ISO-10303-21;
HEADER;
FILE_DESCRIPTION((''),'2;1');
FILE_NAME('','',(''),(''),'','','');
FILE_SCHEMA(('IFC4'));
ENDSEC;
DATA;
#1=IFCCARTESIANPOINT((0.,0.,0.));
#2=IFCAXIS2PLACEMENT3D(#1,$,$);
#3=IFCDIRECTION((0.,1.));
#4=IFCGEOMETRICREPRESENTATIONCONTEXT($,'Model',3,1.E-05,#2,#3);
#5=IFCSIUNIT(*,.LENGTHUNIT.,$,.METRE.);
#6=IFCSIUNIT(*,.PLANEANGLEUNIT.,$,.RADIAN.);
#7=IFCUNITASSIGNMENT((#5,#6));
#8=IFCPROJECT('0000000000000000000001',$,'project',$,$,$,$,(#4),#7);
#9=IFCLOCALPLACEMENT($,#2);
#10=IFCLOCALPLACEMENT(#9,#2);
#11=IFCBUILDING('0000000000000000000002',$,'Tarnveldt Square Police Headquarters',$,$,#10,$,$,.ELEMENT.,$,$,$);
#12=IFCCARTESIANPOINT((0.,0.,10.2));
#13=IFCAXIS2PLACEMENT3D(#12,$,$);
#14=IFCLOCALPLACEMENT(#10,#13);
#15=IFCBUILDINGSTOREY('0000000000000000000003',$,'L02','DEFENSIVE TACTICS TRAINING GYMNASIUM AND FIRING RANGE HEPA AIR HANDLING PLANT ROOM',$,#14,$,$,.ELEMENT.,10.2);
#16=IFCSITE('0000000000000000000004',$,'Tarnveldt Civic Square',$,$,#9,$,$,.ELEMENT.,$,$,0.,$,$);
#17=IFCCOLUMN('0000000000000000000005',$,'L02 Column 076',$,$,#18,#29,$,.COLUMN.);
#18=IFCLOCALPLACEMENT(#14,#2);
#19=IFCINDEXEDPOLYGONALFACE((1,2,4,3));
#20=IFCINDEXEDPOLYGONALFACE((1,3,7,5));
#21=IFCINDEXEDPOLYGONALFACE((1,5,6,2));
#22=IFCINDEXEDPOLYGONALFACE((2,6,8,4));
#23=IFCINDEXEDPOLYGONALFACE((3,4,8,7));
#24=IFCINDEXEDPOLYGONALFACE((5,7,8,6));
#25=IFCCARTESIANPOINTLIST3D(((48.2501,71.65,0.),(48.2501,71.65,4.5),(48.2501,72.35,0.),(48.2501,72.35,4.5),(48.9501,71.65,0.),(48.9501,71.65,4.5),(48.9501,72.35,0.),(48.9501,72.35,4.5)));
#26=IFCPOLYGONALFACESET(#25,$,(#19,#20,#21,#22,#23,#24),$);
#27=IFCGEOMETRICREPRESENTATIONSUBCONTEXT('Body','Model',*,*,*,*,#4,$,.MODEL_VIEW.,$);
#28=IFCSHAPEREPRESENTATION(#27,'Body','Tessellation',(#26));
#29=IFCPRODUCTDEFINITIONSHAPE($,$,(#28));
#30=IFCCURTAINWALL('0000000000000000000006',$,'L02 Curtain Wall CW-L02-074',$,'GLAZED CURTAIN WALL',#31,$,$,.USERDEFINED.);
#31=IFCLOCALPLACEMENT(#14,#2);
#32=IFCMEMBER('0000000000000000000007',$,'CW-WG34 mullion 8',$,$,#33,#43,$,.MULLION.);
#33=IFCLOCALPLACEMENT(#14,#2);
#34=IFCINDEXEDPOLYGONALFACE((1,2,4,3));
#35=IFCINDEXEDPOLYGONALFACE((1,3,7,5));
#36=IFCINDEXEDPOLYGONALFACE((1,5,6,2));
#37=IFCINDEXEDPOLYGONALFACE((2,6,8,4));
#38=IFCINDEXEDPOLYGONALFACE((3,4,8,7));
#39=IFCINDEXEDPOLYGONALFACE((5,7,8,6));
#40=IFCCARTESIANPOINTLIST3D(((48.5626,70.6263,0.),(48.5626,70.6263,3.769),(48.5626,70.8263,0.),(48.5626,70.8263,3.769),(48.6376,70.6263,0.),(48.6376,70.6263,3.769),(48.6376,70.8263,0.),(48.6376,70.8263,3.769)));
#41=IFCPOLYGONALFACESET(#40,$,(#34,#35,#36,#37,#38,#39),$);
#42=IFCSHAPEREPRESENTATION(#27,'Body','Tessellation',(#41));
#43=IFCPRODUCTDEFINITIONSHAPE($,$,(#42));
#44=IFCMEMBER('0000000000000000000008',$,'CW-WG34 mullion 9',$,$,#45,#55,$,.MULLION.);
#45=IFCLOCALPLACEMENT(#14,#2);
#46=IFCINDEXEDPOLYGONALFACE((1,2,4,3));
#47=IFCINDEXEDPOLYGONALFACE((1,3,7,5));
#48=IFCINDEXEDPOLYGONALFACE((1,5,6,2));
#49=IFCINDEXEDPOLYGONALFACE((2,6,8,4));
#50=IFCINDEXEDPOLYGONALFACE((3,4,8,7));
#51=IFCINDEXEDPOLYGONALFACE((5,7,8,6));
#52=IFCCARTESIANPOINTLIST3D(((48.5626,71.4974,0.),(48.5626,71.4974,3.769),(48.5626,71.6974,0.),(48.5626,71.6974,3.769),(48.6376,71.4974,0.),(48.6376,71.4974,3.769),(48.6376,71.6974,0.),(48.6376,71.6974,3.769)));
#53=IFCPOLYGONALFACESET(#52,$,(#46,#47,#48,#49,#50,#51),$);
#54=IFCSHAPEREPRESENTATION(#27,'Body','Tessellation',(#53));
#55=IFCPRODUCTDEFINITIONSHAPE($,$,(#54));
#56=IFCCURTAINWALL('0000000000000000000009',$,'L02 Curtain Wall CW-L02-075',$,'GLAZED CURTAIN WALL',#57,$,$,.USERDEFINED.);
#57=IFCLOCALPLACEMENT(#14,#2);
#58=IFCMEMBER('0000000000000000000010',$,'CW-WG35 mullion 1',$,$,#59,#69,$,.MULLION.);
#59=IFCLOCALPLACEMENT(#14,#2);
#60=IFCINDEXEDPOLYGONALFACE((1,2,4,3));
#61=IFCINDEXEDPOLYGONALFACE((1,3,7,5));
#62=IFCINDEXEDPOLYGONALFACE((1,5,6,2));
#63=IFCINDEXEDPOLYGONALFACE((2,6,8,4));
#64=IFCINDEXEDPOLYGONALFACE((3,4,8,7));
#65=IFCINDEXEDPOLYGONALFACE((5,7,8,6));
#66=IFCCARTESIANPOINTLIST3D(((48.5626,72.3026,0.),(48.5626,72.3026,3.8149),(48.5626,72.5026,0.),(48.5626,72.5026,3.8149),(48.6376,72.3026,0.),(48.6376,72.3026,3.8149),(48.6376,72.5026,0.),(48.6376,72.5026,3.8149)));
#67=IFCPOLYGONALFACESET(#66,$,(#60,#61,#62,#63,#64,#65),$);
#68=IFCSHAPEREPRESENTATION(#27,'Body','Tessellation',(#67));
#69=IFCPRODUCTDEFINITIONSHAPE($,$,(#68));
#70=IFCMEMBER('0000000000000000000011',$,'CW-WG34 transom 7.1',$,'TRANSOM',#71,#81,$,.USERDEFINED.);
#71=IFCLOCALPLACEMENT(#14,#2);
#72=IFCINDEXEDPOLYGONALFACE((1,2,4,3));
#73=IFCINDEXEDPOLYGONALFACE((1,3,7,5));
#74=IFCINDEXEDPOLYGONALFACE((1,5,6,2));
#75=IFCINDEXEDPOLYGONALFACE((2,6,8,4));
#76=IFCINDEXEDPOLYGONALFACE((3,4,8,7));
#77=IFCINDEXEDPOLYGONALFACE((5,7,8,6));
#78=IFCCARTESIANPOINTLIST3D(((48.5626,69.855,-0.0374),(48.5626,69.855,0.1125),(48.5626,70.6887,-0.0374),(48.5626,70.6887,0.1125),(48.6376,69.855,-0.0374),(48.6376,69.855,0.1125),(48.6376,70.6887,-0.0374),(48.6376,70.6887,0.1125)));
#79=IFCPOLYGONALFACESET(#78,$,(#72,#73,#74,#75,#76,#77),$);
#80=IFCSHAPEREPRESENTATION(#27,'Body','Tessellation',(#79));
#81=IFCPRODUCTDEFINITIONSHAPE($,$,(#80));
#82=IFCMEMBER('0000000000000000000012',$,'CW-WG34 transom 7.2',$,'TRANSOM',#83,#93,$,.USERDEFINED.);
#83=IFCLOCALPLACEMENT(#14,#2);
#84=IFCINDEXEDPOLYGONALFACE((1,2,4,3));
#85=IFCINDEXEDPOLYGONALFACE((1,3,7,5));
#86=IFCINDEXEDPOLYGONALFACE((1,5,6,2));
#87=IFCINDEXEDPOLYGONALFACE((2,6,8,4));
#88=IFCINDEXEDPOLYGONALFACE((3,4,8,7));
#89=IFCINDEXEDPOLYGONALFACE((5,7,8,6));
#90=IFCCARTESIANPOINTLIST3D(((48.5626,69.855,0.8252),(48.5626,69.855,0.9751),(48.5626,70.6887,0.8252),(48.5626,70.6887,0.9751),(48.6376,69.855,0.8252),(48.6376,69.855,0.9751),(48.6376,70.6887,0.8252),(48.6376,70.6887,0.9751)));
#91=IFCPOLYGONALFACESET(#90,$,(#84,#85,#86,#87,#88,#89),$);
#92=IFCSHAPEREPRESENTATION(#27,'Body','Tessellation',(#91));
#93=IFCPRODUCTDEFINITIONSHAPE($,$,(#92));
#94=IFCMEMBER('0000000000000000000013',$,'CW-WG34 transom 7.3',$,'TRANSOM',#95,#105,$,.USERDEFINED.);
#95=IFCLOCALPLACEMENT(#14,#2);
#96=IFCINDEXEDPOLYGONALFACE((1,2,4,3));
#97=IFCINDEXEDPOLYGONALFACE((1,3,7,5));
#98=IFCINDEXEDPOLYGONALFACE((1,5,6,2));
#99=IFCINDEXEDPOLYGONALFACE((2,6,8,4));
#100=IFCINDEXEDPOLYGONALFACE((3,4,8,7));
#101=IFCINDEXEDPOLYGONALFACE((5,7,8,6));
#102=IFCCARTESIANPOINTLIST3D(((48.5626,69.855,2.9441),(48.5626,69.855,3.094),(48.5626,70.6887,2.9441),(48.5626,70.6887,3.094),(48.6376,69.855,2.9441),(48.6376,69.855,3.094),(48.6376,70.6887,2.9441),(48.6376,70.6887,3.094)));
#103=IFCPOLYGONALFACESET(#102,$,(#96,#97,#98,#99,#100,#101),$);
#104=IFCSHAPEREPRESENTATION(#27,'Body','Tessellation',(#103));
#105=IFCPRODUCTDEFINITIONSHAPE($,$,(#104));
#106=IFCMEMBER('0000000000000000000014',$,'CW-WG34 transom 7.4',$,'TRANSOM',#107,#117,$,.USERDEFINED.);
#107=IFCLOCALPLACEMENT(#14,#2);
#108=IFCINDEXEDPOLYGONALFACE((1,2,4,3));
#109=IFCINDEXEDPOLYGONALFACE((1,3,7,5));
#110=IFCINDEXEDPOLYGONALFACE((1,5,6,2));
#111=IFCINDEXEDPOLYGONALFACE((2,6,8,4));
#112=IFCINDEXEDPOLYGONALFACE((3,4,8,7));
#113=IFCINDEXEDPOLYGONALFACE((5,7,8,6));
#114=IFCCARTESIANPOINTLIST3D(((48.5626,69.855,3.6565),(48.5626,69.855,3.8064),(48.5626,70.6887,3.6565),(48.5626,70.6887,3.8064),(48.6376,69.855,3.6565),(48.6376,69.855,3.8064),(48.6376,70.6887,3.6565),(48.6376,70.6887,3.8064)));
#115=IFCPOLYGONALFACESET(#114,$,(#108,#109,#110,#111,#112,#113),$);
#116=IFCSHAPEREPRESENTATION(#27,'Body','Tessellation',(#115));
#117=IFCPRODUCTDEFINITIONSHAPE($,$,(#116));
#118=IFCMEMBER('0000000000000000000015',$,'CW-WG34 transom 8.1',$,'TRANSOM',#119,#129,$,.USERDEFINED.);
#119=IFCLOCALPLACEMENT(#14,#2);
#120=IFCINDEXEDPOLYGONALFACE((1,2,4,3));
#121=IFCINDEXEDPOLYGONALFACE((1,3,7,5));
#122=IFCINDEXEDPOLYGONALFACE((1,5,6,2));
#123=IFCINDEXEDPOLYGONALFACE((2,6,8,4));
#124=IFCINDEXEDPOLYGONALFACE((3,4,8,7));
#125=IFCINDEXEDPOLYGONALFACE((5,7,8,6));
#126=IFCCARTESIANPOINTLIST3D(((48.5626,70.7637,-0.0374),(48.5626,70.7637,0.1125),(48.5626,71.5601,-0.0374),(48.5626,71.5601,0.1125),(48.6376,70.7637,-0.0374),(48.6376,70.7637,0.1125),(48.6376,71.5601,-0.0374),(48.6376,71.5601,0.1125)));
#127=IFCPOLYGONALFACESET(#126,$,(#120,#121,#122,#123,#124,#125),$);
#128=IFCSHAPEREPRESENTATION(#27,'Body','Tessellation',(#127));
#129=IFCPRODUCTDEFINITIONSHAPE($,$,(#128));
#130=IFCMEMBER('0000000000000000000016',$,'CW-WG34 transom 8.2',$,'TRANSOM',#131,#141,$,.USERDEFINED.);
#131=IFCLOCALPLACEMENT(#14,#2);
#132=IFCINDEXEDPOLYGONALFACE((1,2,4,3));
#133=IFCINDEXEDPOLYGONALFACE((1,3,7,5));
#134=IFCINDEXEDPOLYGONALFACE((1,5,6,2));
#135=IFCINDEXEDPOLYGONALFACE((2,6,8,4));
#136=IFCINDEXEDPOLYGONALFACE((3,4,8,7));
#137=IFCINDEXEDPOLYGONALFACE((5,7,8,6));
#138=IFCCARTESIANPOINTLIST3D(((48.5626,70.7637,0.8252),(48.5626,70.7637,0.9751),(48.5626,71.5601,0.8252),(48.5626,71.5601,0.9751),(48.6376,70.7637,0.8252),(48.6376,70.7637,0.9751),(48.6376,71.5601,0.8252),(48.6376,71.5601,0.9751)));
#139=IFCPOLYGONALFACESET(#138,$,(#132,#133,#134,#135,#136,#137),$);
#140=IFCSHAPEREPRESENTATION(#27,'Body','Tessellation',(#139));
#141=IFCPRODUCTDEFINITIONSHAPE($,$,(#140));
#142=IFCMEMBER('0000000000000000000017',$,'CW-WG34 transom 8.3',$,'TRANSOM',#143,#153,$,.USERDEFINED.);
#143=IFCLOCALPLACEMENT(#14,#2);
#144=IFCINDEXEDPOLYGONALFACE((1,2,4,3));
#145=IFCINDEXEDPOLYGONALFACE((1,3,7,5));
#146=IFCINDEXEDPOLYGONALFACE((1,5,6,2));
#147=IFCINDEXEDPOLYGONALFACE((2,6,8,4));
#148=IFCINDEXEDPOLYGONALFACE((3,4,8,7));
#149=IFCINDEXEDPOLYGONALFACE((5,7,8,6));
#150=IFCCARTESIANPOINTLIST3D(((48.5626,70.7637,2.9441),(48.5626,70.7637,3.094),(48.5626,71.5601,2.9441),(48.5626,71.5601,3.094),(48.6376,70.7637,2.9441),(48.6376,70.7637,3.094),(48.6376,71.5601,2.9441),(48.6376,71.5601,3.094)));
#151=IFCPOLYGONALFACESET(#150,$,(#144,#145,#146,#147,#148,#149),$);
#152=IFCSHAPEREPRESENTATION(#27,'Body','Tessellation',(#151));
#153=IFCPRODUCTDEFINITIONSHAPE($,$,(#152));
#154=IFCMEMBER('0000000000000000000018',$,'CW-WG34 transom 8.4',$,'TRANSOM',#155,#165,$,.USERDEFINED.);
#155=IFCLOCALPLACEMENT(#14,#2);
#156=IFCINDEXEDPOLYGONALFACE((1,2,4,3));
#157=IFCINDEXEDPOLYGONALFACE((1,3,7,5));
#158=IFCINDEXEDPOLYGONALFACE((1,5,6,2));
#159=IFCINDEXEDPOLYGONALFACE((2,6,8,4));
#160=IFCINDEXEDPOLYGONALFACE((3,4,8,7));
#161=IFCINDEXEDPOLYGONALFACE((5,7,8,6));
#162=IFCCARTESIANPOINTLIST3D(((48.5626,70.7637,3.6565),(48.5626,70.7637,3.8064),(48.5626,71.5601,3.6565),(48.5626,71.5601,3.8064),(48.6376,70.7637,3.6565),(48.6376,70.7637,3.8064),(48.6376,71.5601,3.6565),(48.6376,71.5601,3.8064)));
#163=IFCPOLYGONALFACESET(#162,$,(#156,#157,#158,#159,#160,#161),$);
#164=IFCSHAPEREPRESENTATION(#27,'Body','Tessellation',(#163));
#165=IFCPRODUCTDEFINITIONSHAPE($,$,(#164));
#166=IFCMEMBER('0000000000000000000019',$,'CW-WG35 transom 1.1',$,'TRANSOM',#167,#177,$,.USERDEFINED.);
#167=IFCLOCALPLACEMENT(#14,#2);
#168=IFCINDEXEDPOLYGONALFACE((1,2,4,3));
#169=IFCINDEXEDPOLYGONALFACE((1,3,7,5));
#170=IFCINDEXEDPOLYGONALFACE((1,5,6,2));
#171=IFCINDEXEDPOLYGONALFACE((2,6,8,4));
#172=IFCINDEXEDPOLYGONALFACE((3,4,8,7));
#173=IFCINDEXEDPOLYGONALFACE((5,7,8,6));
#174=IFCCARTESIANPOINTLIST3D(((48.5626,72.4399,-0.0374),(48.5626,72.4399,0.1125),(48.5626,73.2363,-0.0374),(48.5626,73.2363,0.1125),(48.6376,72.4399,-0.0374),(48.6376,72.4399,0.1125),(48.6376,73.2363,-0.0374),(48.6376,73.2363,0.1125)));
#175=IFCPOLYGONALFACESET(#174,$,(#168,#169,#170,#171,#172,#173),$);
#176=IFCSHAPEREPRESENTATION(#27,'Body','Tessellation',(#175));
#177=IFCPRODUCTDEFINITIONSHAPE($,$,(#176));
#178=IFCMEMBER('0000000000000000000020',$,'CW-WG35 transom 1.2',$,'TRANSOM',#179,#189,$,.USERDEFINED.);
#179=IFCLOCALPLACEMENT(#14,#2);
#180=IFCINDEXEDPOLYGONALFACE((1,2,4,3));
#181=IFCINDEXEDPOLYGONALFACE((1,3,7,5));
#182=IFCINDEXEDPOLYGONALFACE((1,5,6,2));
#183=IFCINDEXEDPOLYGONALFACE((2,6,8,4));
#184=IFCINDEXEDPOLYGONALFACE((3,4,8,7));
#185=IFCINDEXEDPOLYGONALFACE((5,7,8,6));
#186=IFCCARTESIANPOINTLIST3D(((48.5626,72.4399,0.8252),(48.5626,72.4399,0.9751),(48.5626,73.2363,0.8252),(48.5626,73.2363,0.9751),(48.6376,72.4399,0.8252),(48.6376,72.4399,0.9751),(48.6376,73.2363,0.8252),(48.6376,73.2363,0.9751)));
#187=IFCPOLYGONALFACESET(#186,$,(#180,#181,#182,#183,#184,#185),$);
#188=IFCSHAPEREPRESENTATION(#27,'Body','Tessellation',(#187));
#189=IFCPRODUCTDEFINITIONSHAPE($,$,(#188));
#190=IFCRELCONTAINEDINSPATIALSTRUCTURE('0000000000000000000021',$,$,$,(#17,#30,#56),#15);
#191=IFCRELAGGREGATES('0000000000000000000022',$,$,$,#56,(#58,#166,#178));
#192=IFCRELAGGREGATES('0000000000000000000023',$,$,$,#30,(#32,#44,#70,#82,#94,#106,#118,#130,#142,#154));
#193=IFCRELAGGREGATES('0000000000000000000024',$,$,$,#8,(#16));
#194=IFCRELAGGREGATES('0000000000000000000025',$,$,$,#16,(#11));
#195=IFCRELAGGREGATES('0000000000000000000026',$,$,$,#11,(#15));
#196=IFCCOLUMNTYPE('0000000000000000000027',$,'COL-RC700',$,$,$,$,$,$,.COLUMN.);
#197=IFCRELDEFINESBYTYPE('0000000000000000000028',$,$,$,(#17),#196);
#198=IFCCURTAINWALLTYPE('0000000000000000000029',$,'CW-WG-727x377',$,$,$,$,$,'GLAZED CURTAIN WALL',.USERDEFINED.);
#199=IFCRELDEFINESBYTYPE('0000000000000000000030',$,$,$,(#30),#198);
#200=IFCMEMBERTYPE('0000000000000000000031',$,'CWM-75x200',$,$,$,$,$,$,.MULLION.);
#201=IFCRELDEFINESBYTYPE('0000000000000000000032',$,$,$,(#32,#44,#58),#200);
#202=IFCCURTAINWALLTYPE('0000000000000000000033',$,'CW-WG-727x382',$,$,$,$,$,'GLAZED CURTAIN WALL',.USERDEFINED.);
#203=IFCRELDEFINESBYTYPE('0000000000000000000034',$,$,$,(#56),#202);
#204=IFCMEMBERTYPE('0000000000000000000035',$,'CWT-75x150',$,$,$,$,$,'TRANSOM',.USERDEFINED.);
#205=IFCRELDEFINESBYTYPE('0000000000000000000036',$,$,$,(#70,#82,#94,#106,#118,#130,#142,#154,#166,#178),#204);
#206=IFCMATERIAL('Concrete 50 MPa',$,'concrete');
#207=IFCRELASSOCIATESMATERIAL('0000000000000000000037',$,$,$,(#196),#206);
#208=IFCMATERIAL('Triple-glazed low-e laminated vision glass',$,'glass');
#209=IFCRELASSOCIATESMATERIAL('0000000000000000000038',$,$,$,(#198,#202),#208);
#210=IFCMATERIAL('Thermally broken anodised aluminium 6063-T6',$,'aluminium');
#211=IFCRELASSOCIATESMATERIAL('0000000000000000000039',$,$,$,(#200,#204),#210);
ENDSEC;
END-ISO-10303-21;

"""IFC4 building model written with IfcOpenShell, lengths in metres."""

from ifc_helpers import new_model, si_unit, direction, frame, origin, origin_2d, place, context, subcontext, project, spatial, rectangle, extrude, material, material_profile, profile_set, type_object, element, aggregate, save


model = new_model("IFC4")

# Units and contexts
model_context = context("Model", 3, precision=1e-05, world=origin(), true_north=direction((0.0, 1.0)))
body_context = subcontext(model_context, "Body", "Model", "MODEL_VIEW")
ifc_project = project(units=[si_unit("LENGTHUNIT", "METRE"), si_unit("PLANEANGLEUNIT", "RADIAN")], contexts=[model_context])

# Site, building, storey
site_placement = place(None, origin())
site = spatial("IfcSite", under=ifc_project, at=site_placement, Name="Tarnveldt Civic Square", CompositionType="ELEMENT", RefElevation=0.0)
building_placement = place(site_placement, origin())
building = spatial("IfcBuilding", under=site, at=building_placement, Name="Tarnveldt Square Police Headquarters", CompositionType="ELEMENT")
storey_placement = place(building_placement, frame((0.0, 0.0, 10.2)))
storey = spatial("IfcBuildingStorey", under=building, at=storey_placement, Name="L02", Description="DEFENSIVE TACTICS TRAINING GYMNASIUM AND FIRING RANGE HEPA AIR HANDLING PLANT ROOM", CompositionType="ELEMENT", Elevation=10.2)

# Column
ifc_material_1 = material(Name="Concrete 50 MPa", Category="concrete")
ifc_material_profile_1 = material_profile(ifc_material_1, rectangle(XDim=0.7, YDim=0.7, at=origin_2d()), Name="RC-C700x700")
ifc_profile_set_1 = profile_set([ifc_material_profile_1], Name="Concrete 50 MPa")
column_type = type_object("IfcColumnType", Name="COL-RC700", PredefinedType="COLUMN", material=ifc_profile_set_1)
column_placement = place(storey_placement, frame((48.6001, 72.0, 0.0), z_axis=(0.0, 0.0, 1.0), x_axis=(1.0, 0.0, 0.0)))
element("IfcColumn", 1, at=column_placement, inside=storey, type_object=column_type, Name="L02 Column 076", PredefinedType="COLUMN", context=body_context, shape_type="SweptSolid", body=[
    extrude(rectangle(XDim=0.7, YDim=0.7, at=origin_2d()), origin(), (0.0, 0.0, 1.0), 4.5),
])

# Curtain wall, members
ifc_material_2 = material(Name="Triple-glazed low-e laminated vision glass", Category="glass")
curtain_wall_type_1 = type_object("IfcCurtainWallType", Name="CW-WG-727x377", ElementType="GLAZED CURTAIN WALL", PredefinedType="USERDEFINED", material=ifc_material_2)
curtain_wall_1_placement = place(storey_placement, origin())
curtain_wall_1 = element("IfcCurtainWall", 2, at=curtain_wall_1_placement, inside=storey, type_object=curtain_wall_type_1, Name="L02 Curtain Wall CW-L02-074", ObjectType="GLAZED CURTAIN WALL", PredefinedType="USERDEFINED")
ifc_material_3 = material(Name="Thermally broken anodised aluminium 6063-T6", Category="aluminium")
ifc_material_profile_2 = material_profile(ifc_material_3, rectangle(XDim=0.075, YDim=0.2, at=origin_2d()), Name="CW-M75x200")
ifc_profile_set_2 = profile_set([ifc_material_profile_2], Name="Thermally broken anodised aluminium 6063-T6")
member_type_1 = type_object("IfcMemberType", Name="CWM-75x200", PredefinedType="MULLION", material=ifc_profile_set_2)
member_1_placement = place(storey_placement, frame((48.6001, 70.7263, 0.0), z_axis=(0.0, 0.0, 1.0), x_axis=(-1.0, 0.0, 0.0)))
member_1 = element("IfcMember", 3, at=member_1_placement, type_object=member_type_1, Name="CW-WG34 mullion 8", PredefinedType="MULLION", context=body_context, shape_type="SweptSolid", body=[
    extrude(rectangle(XDim=0.075, YDim=0.2, at=origin_2d()), origin(), (0.0, 0.0, 1.0), 3.769),
])
member_2_placement = place(storey_placement, frame((48.6001, 71.5974, 0.0), z_axis=(0.0, 0.0, 1.0), x_axis=(-1.0, 0.0, 0.0)))
member_2 = element("IfcMember", 4, at=member_2_placement, type_object=member_type_1, Name="CW-WG34 mullion 9", PredefinedType="MULLION", context=body_context, shape_type="SweptSolid", body=[
    extrude(rectangle(XDim=0.075, YDim=0.2, at=origin_2d()), origin(), (0.0, 0.0, 1.0), 3.769),
])

# Curtain wall, member
curtain_wall_type_2 = type_object("IfcCurtainWallType", Name="CW-WG-727x382", ElementType="GLAZED CURTAIN WALL", PredefinedType="USERDEFINED", material=ifc_material_2)
curtain_wall_2_placement = place(storey_placement, origin())
curtain_wall_2 = element("IfcCurtainWall", 5, at=curtain_wall_2_placement, inside=storey, type_object=curtain_wall_type_2, Name="L02 Curtain Wall CW-L02-075", ObjectType="GLAZED CURTAIN WALL", PredefinedType="USERDEFINED")
member_3_placement = place(storey_placement, frame((48.6001, 72.4026, 0.0), z_axis=(0.0, 0.0, 1.0), x_axis=(-1.0, 0.0, 0.0)))
member_3 = element("IfcMember", 6, at=member_3_placement, type_object=member_type_1, Name="CW-WG35 mullion 1", PredefinedType="MULLION", context=body_context, shape_type="SweptSolid", body=[
    extrude(rectangle(XDim=0.075, YDim=0.2, at=origin_2d()), origin(), (0.0, 0.0, 1.0), 3.8149),
])

# Members
ifc_material_profile_3 = material_profile(ifc_material_3, rectangle(XDim=0.075, YDim=0.1499, at=origin_2d()), Name="CW-T75x150")
ifc_profile_set_3 = profile_set([ifc_material_profile_3], Name="Thermally broken anodised aluminium 6063-T6")
member_type_2 = type_object("IfcMemberType", Name="CWT-75x150", ElementType="TRANSOM", PredefinedType="USERDEFINED", material=ifc_profile_set_3)
member_4_placement = place(storey_placement, frame((48.6001, 69.855, 0.0376), z_axis=(0.0, 1.0, 0.0), x_axis=(-1.0, 0.0, 0.0)))
member_4 = element("IfcMember", 7, at=member_4_placement, type_object=member_type_2, Name="CW-WG34 transom 7.1", ObjectType="TRANSOM", PredefinedType="USERDEFINED", context=body_context, shape_type="SweptSolid", body=[
    extrude(rectangle(XDim=0.075, YDim=0.1499, at=origin_2d()), origin(), (0.0, 0.0, 1.0), 0.8337),
])
member_5_placement = place(storey_placement, frame((48.6001, 69.855, 0.9001), z_axis=(0.0, 1.0, 0.0), x_axis=(-1.0, 0.0, 0.0)))
member_5 = element("IfcMember", 8, at=member_5_placement, type_object=member_type_2, Name="CW-WG34 transom 7.2", ObjectType="TRANSOM", PredefinedType="USERDEFINED", context=body_context, shape_type="SweptSolid", body=[
    extrude(rectangle(XDim=0.075, YDim=0.1499, at=origin_2d()), origin(), (0.0, 0.0, 1.0), 0.8337),
])
member_6_placement = place(storey_placement, frame((48.6001, 69.855, 3.019), z_axis=(0.0, 1.0, 0.0), x_axis=(-1.0, 0.0, 0.0)))
member_6 = element("IfcMember", 9, at=member_6_placement, type_object=member_type_2, Name="CW-WG34 transom 7.3", ObjectType="TRANSOM", PredefinedType="USERDEFINED", context=body_context, shape_type="SweptSolid", body=[
    extrude(rectangle(XDim=0.075, YDim=0.1499, at=origin_2d()), origin(), (0.0, 0.0, 1.0), 0.8337),
])
member_7_placement = place(storey_placement, frame((48.6001, 69.855, 3.7314), z_axis=(0.0, 1.0, 0.0), x_axis=(-1.0, 0.0, 0.0)))
member_7 = element("IfcMember", 10, at=member_7_placement, type_object=member_type_2, Name="CW-WG34 transom 7.4", ObjectType="TRANSOM", PredefinedType="USERDEFINED", context=body_context, shape_type="SweptSolid", body=[
    extrude(rectangle(XDim=0.075, YDim=0.1499, at=origin_2d()), origin(), (0.0, 0.0, 1.0), 0.8337),
])
member_8_placement = place(storey_placement, frame((48.6001, 70.7637, 0.0376), z_axis=(0.0, 1.0, 0.0), x_axis=(-1.0, 0.0, 0.0)))
member_8 = element("IfcMember", 11, at=member_8_placement, type_object=member_type_2, Name="CW-WG34 transom 8.1", ObjectType="TRANSOM", PredefinedType="USERDEFINED", context=body_context, shape_type="SweptSolid", body=[
    extrude(rectangle(XDim=0.075, YDim=0.1499, at=origin_2d()), origin(), (0.0, 0.0, 1.0), 0.7964),
])
member_9_placement = place(storey_placement, frame((48.6001, 70.7637, 0.9001), z_axis=(0.0, 1.0, 0.0), x_axis=(-1.0, 0.0, 0.0)))
member_9 = element("IfcMember", 12, at=member_9_placement, type_object=member_type_2, Name="CW-WG34 transom 8.2", ObjectType="TRANSOM", PredefinedType="USERDEFINED", context=body_context, shape_type="SweptSolid", body=[
    extrude(rectangle(XDim=0.075, YDim=0.1499, at=origin_2d()), origin(), (0.0, 0.0, 1.0), 0.7964),
])
member_10_placement = place(storey_placement, frame((48.6001, 70.7637, 3.019), z_axis=(0.0, 1.0, 0.0), x_axis=(-1.0, 0.0, 0.0)))
member_10 = element("IfcMember", 13, at=member_10_placement, type_object=member_type_2, Name="CW-WG34 transom 8.3", ObjectType="TRANSOM", PredefinedType="USERDEFINED", context=body_context, shape_type="SweptSolid", body=[
    extrude(rectangle(XDim=0.075, YDim=0.1499, at=origin_2d()), origin(), (0.0, 0.0, 1.0), 0.7964),
])
member_11_placement = place(storey_placement, frame((48.6001, 70.7637, 3.7314), z_axis=(0.0, 1.0, 0.0), x_axis=(-1.0, 0.0, 0.0)))
member_11 = element("IfcMember", 14, at=member_11_placement, type_object=member_type_2, Name="CW-WG34 transom 8.4", ObjectType="TRANSOM", PredefinedType="USERDEFINED", context=body_context, shape_type="SweptSolid", body=[
    extrude(rectangle(XDim=0.075, YDim=0.1499, at=origin_2d()), origin(), (0.0, 0.0, 1.0), 0.7964),
])
member_12_placement = place(storey_placement, frame((48.6001, 72.4399, 0.0376), z_axis=(0.0, 1.0, 0.0), x_axis=(-1.0, 0.0, 0.0)))
member_12 = element("IfcMember", 15, at=member_12_placement, type_object=member_type_2, Name="CW-WG35 transom 1.1", ObjectType="TRANSOM", PredefinedType="USERDEFINED", context=body_context, shape_type="SweptSolid", body=[
    extrude(rectangle(XDim=0.075, YDim=0.1499, at=origin_2d()), origin(), (0.0, 0.0, 1.0), 0.7964),
])
member_13_placement = place(storey_placement, frame((48.6001, 72.4399, 0.9001), z_axis=(0.0, 1.0, 0.0), x_axis=(-1.0, 0.0, 0.0)))
member_13 = element("IfcMember", 16, at=member_13_placement, type_object=member_type_2, Name="CW-WG35 transom 1.2", ObjectType="TRANSOM", PredefinedType="USERDEFINED", context=body_context, shape_type="SweptSolid", body=[
    extrude(rectangle(XDim=0.075, YDim=0.1499, at=origin_2d()), origin(), (0.0, 0.0, 1.0), 0.7964),
])
aggregate(curtain_wall_2, [member_3, member_12, member_13])

aggregate(curtain_wall_1, [member_1, member_2, member_4, member_5, member_6, member_7, member_8, member_9, member_10, member_11])

save(model, "model.ifc")
